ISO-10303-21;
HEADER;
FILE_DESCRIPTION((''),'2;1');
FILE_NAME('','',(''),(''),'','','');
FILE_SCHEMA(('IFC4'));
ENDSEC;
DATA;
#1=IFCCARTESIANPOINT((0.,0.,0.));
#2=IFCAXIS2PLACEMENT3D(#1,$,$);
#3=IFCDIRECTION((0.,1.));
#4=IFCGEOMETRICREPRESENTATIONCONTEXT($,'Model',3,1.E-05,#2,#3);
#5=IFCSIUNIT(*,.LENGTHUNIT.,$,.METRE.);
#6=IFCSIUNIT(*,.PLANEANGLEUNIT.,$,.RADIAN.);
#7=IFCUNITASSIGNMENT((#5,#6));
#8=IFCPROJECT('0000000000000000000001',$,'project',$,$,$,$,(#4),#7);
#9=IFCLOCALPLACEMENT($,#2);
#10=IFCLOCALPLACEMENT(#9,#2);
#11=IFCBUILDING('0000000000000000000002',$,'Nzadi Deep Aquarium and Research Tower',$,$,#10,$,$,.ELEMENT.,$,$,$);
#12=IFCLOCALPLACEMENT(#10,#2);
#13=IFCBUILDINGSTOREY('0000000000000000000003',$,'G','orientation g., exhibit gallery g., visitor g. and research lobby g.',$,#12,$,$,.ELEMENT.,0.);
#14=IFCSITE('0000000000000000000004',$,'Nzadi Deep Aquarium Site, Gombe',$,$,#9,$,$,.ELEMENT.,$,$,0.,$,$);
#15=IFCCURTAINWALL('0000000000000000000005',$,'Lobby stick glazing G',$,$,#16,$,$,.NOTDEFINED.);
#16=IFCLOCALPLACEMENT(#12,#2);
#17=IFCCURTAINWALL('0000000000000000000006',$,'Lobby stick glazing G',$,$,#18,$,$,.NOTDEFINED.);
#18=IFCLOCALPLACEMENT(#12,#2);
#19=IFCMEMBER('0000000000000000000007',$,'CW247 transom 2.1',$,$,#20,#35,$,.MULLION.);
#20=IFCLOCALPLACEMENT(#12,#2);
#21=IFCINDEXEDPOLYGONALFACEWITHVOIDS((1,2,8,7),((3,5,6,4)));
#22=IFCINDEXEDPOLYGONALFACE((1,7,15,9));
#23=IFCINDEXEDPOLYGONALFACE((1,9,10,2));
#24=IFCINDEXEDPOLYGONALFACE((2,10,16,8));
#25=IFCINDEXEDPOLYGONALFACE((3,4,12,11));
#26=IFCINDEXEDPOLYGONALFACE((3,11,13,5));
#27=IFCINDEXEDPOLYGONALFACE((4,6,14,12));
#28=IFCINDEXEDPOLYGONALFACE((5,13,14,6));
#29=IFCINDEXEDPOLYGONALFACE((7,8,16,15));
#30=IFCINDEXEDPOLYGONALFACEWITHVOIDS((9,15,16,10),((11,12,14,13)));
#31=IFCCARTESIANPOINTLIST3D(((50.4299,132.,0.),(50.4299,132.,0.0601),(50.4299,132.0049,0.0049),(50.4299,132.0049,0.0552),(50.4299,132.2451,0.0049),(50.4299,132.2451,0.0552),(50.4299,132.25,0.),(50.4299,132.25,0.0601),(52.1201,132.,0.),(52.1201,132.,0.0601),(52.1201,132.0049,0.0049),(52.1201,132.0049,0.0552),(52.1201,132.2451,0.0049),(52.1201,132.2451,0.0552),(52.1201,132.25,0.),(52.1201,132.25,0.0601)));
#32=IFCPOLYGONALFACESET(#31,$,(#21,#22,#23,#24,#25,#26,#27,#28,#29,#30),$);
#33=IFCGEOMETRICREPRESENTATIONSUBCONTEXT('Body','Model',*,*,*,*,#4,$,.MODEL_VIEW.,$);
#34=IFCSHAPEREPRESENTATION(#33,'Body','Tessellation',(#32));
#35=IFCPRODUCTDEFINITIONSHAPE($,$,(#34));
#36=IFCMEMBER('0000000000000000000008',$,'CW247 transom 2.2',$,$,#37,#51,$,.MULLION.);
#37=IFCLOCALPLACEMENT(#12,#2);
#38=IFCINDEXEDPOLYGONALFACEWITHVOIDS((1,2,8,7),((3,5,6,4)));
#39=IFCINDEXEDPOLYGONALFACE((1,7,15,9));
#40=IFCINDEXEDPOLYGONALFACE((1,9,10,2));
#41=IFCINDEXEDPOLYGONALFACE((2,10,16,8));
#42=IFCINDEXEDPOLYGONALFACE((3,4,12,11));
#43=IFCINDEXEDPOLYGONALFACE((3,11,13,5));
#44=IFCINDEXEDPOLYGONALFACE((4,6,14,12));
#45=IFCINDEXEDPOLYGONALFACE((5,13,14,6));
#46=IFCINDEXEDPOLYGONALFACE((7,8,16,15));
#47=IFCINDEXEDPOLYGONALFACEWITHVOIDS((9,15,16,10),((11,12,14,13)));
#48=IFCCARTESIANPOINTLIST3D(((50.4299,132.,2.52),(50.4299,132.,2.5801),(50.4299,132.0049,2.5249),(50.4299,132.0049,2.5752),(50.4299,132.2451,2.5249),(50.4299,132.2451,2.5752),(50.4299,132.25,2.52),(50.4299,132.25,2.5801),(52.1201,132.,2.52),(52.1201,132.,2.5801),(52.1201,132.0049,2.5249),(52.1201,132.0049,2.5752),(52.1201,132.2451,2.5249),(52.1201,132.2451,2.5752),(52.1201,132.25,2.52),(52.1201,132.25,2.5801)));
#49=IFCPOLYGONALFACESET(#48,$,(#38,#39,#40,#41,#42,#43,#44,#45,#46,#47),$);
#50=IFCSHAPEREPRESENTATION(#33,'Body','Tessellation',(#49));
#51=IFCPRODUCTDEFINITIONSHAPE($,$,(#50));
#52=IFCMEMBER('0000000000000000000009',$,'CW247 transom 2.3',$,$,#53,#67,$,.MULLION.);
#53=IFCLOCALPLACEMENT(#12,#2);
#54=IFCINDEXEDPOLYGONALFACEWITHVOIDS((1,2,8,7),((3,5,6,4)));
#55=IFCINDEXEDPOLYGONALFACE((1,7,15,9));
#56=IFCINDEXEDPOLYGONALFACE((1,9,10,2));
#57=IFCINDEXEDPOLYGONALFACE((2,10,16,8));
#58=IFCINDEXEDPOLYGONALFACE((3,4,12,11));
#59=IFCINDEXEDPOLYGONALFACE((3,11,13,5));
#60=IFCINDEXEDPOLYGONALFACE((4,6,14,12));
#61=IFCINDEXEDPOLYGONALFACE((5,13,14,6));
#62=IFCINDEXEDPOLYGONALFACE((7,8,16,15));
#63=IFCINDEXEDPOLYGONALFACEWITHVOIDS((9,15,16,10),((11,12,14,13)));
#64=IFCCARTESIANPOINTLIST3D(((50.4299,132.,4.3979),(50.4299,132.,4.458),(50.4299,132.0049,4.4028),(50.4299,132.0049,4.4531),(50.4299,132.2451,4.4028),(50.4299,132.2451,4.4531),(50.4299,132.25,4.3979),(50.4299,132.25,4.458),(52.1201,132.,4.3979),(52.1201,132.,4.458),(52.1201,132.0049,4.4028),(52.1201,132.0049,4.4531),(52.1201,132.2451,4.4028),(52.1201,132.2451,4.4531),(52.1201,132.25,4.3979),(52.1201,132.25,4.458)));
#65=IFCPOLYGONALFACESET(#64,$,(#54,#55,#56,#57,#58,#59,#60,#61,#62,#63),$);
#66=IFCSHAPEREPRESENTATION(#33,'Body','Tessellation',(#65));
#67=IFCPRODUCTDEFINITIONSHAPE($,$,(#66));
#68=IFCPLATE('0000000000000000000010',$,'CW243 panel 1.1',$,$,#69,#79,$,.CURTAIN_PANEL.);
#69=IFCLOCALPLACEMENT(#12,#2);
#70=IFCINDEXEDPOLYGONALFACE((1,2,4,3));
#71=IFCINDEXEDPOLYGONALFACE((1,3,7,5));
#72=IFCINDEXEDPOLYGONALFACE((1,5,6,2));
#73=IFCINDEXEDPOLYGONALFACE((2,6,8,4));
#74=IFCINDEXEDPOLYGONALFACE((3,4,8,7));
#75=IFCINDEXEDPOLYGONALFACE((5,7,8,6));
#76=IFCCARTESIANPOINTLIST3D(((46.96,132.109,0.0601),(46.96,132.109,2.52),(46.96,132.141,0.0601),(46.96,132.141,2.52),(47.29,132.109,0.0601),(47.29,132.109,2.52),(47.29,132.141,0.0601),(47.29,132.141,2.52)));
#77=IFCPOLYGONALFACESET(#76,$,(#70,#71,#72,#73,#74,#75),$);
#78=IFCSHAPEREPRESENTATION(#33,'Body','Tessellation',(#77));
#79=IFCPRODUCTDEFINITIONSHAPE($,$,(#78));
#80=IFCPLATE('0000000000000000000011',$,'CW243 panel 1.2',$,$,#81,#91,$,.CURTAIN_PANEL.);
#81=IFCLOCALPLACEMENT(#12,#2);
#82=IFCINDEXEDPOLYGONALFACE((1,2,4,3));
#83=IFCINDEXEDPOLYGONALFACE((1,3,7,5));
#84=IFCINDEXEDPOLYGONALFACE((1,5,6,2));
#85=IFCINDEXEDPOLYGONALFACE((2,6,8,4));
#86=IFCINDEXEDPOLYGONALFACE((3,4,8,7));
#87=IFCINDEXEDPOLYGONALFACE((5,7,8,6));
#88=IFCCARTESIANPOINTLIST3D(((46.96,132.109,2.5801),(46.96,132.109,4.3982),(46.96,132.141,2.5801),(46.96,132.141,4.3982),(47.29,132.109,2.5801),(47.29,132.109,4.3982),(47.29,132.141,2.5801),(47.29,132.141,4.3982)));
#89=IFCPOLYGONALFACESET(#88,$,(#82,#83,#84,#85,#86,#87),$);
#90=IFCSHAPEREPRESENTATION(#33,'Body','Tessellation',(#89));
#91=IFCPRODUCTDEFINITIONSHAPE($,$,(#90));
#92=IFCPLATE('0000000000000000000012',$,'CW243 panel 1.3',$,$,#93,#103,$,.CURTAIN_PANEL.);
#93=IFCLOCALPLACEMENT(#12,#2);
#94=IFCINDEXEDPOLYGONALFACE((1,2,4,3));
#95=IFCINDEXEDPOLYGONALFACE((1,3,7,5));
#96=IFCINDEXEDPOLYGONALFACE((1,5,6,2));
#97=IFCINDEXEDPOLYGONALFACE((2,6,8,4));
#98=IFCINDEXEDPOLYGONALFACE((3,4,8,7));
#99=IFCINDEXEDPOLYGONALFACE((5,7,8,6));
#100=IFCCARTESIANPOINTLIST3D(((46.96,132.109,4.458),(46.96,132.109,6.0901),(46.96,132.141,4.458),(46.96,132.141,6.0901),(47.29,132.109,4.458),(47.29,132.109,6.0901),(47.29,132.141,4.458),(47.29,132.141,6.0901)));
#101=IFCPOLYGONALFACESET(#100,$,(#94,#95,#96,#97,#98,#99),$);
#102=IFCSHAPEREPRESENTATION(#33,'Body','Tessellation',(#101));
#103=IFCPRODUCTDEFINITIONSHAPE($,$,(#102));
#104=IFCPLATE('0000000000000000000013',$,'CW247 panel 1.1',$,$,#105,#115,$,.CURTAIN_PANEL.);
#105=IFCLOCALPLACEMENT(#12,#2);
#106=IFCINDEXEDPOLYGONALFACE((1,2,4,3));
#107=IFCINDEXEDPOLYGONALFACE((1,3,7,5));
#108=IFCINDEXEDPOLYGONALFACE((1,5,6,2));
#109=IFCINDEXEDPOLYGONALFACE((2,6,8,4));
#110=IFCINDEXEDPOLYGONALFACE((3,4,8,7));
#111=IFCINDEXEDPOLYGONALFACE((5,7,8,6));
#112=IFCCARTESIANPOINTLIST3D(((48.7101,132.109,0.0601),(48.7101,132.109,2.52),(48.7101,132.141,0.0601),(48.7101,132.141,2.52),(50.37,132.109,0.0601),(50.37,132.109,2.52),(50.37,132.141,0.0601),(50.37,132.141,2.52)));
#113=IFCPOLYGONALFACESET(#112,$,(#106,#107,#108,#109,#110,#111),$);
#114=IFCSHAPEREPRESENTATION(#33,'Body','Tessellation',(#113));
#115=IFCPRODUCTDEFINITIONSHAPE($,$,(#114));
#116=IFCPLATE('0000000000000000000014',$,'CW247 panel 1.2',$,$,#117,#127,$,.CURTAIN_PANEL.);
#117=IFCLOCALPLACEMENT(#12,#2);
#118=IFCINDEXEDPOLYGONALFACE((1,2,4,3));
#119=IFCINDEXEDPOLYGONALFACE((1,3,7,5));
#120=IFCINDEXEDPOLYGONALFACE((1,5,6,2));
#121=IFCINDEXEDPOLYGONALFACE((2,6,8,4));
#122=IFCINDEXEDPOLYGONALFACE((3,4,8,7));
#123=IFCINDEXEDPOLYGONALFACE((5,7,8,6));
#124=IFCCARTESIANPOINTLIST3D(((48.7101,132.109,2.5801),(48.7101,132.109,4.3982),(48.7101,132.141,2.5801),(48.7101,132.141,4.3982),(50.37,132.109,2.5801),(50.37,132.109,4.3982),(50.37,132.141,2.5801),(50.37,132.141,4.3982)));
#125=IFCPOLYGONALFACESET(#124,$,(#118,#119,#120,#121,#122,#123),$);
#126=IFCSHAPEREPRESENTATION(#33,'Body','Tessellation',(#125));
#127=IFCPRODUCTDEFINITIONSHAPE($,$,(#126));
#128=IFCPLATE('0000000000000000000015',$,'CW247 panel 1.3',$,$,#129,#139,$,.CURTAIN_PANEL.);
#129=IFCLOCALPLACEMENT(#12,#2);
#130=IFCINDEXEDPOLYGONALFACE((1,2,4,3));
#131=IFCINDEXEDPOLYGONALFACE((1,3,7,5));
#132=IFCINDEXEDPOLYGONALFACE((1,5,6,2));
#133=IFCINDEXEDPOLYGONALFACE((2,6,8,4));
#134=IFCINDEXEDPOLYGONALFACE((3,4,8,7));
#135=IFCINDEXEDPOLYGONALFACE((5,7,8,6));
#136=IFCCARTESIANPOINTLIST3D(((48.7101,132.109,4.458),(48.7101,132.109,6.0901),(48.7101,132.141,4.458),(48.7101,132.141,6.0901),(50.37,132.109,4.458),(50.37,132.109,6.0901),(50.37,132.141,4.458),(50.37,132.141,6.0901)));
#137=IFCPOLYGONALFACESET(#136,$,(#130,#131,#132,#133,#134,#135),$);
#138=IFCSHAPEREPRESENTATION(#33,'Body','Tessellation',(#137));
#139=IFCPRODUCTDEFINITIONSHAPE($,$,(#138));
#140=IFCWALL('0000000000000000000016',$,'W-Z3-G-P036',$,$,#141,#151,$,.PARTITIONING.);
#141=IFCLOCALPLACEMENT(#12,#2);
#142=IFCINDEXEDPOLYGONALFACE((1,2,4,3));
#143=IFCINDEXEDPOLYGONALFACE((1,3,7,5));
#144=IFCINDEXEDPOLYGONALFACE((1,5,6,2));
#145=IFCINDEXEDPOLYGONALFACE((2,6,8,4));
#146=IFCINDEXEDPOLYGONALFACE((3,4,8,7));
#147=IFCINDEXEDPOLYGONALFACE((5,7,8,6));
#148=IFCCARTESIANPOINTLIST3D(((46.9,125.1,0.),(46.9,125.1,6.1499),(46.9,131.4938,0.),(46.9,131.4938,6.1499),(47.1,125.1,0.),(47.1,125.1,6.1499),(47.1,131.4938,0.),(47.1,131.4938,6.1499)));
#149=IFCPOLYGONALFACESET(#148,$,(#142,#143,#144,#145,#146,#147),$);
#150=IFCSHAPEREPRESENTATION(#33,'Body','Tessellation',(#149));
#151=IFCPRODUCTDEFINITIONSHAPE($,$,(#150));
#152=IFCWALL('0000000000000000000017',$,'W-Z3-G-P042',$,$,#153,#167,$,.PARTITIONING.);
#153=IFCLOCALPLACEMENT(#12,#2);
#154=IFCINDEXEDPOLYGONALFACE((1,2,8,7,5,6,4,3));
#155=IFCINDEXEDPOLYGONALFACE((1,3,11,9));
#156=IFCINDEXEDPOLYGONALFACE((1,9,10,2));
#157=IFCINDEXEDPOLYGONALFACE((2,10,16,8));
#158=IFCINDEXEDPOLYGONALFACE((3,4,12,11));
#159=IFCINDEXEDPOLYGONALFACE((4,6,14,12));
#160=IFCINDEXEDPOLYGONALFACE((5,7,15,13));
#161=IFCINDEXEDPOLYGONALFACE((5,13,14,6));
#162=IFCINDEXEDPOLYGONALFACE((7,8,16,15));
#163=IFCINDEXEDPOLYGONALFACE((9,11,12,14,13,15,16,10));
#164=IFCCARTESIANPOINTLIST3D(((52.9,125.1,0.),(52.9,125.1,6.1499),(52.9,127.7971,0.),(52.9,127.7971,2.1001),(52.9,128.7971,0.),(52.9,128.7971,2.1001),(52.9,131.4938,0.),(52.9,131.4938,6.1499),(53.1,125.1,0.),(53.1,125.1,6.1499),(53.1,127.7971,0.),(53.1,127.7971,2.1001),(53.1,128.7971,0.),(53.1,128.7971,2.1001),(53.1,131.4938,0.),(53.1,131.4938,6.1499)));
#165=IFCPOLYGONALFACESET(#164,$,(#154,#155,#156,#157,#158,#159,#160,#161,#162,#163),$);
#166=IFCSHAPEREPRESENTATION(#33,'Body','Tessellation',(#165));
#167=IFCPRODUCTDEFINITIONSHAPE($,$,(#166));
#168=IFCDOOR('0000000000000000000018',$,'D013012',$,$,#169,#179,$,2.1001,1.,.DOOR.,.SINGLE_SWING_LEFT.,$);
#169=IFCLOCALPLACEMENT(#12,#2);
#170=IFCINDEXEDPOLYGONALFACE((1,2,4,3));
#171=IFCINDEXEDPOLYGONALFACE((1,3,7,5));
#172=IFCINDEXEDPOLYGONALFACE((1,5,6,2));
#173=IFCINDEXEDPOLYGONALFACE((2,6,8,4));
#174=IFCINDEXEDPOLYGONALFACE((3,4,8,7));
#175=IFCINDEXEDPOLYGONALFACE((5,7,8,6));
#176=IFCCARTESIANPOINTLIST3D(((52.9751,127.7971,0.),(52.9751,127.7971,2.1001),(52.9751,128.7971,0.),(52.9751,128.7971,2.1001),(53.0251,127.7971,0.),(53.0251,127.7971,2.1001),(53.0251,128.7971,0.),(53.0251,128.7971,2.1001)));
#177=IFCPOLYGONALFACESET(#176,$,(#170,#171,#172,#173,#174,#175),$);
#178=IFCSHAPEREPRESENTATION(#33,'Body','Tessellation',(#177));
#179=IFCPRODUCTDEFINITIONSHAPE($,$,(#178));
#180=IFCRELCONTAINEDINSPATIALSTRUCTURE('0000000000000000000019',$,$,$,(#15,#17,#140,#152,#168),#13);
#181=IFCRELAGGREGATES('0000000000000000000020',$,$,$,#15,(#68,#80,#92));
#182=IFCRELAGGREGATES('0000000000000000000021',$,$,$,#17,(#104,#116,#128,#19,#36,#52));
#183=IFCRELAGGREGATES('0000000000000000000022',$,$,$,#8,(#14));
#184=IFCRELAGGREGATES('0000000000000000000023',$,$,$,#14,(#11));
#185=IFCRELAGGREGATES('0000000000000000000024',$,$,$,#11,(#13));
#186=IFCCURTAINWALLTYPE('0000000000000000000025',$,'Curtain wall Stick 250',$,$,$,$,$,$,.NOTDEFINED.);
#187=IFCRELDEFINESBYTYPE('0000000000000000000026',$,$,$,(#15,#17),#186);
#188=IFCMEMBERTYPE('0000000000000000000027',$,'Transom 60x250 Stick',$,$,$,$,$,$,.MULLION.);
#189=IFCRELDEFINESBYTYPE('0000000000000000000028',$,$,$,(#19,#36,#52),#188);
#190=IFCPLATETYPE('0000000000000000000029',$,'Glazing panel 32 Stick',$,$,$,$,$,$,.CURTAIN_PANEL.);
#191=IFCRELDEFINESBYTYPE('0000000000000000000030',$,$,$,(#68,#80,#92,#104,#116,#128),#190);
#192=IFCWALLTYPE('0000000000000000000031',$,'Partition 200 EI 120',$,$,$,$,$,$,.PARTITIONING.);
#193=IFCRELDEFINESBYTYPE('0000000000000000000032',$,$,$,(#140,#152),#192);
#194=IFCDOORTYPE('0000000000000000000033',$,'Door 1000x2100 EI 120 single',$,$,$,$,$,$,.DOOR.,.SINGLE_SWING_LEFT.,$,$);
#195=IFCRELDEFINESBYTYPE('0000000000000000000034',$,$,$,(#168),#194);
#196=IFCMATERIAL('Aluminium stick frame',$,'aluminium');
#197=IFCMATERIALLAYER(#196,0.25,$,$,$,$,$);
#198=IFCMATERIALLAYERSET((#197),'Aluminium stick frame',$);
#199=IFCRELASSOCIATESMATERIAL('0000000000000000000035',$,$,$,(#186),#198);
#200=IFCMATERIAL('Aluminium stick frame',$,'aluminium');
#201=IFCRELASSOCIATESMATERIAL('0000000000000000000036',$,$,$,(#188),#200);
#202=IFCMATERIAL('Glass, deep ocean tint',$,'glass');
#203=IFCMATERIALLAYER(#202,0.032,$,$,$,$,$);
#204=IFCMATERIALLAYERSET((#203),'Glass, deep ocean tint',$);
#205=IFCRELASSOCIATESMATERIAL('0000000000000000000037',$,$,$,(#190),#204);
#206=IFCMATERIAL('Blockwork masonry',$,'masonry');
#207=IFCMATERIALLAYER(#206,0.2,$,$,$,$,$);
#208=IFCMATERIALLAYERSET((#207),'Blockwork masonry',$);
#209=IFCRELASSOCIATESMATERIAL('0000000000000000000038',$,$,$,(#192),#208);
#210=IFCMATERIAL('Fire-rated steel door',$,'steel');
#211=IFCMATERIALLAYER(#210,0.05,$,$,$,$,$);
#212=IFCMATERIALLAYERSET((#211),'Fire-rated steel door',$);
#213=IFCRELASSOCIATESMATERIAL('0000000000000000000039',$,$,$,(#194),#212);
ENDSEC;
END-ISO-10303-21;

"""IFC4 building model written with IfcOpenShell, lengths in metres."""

from ifc_helpers import new_model, si_unit, direction, frame, frame_2d, origin, origin_2d, place, context, subcontext, project, spatial, rectangle, hollow_rectangle, extrude, material, layer, layer_set, material_profile, profile_set, type_object, element, fill, aggregate, save


model = new_model("IFC4")

# Units and contexts
model_context = context("Model", 3, precision=1e-05, world=origin(), true_north=direction((0.0, 1.0)))
body_context = subcontext(model_context, "Body", "Model", "MODEL_VIEW")
ifc_project = project(units=[si_unit("LENGTHUNIT", "METRE"), si_unit("PLANEANGLEUNIT", "RADIAN")], contexts=[model_context])

# Site, building, storey
site_placement = place(None, origin())
site = spatial("IfcSite", under=ifc_project, at=site_placement, Name="Nzadi Deep Aquarium Site, Gombe", CompositionType="ELEMENT", RefElevation=0.0)
building_placement = place(site_placement, origin())
building = spatial("IfcBuilding", under=site, at=building_placement, Name="Nzadi Deep Aquarium and Research Tower", CompositionType="ELEMENT")
storey_placement = place(building_placement, origin())
storey = spatial("IfcBuildingStorey", under=building, at=storey_placement, Name="G", Description="orientation g., exhibit gallery g., visitor g. and research lobby g.", CompositionType="ELEMENT", Elevation=0.0)

# Curtain wall
ifc_material_1 = material(Name="Aluminium stick frame", Category="aluminium")
ifc_layer_1 = layer(ifc_material_1, 0.25)
ifc_layer_set_1 = layer_set([ifc_layer_1], Name="Aluminium stick frame")
curtain_wall_type = type_object("IfcCurtainWallType", Name="Curtain wall Stick 250", PredefinedType="NOTDEFINED", material=ifc_layer_set_1)
curtain_wall_1_placement = place(storey_placement, origin())
curtain_wall_1 = element("IfcCurtainWall", 1, at=curtain_wall_1_placement, inside=storey, type_object=curtain_wall_type, Name="Lobby stick glazing G", PredefinedType="NOTDEFINED")

# Curtain wall
curtain_wall_2_placement = place(storey_placement, origin())
curtain_wall_2 = element("IfcCurtainWall", 2, at=curtain_wall_2_placement, inside=storey, type_object=curtain_wall_type, Name="Lobby stick glazing G", PredefinedType="NOTDEFINED")

# Members
ifc_material_2 = material(Name="Aluminium stick frame", Category="aluminium")
ifc_material_profile_1 = material_profile(ifc_material_2, hollow_rectangle(XDim=0.25, YDim=0.0601, WallThickness=0.0049, at=origin_2d()))
ifc_profile_set_1 = profile_set([ifc_material_profile_1], Name="Aluminium stick frame")
member_type_1 = type_object("IfcMemberType", Name="Transom 60x250 Stick", PredefinedType="MULLION", material=ifc_profile_set_1)
member_1_placement = place(storey_placement, frame((50.4299, 132.125, 0.03), z_axis=(1.0, 0.0, 0.0), x_axis=(0.0, 1.0, 0.0)))
member_1 = element("IfcMember", 3, at=member_1_placement, type_object=member_type_1, Name="CW247 transom 2.1", PredefinedType="MULLION", context=body_context, shape_type="SweptSolid", body=[
    extrude(hollow_rectangle(XDim=0.25, YDim=0.0601, WallThickness=0.0049, at=origin_2d()), origin(), (0.0, 0.0, 1.0), 1.6902),
])
member_2_placement = place(storey_placement, frame((50.4299, 132.125, 2.55), z_axis=(1.0, 0.0, 0.0), x_axis=(0.0, 1.0, 0.0)))
member_2 = element("IfcMember", 4, at=member_2_placement, type_object=member_type_1, Name="CW247 transom 2.2", PredefinedType="MULLION", context=body_context, shape_type="SweptSolid", body=[
    extrude(hollow_rectangle(XDim=0.25, YDim=0.0601, WallThickness=0.0049, at=origin_2d()), origin(), (0.0, 0.0, 1.0), 1.6902),
])
member_3_placement = place(storey_placement, frame((50.4299, 132.125, 4.428), z_axis=(1.0, 0.0, 0.0), x_axis=(0.0, 1.0, 0.0)))
member_3 = element("IfcMember", 5, at=member_3_placement, type_object=member_type_1, Name="CW247 transom 2.3", PredefinedType="MULLION", context=body_context, shape_type="SweptSolid", body=[
    extrude(hollow_rectangle(XDim=0.25, YDim=0.0601, WallThickness=0.0049, at=origin_2d()), origin(), (0.0, 0.0, 1.0), 1.6902),
])

# Plates
ifc_material_3 = material(Name="Glass, deep ocean tint", Category="glass")
ifc_layer_2 = layer(ifc_material_3, 0.032)
ifc_layer_set_2 = layer_set([ifc_layer_2], Name="Glass, deep ocean tint")
plate_type = type_object("IfcPlateType", Name="Glazing panel 32 Stick", PredefinedType="CURTAIN_PANEL", material=ifc_layer_set_2)
plate_1_placement = place(storey_placement, frame((47.125, 132.125, 0.0601), z_axis=(0.0, 0.0, 1.0), x_axis=(1.0, 0.0, 0.0)))
plate_1 = element("IfcPlate", 6, at=plate_1_placement, type_object=plate_type, Name="CW243 panel 1.1", PredefinedType="CURTAIN_PANEL", context=body_context, shape_type="SweptSolid", body=[
    extrude(rectangle(XDim=0.3301, YDim=0.032, at=origin_2d()), origin(), (0.0, 0.0, 1.0), 2.46),
])
plate_2_placement = place(storey_placement, frame((47.125, 132.125, 2.5801), z_axis=(0.0, 0.0, 1.0), x_axis=(1.0, 0.0, 0.0)))
plate_2 = element("IfcPlate", 7, at=plate_2_placement, type_object=plate_type, Name="CW243 panel 1.2", PredefinedType="CURTAIN_PANEL", context=body_context, shape_type="SweptSolid", body=[
    extrude(rectangle(XDim=0.3301, YDim=0.032, at=origin_2d()), origin(), (0.0, 0.0, 1.0), 1.8181),
])
plate_3_placement = place(storey_placement, frame((47.125, 132.125, 4.458), z_axis=(0.0, 0.0, 1.0), x_axis=(1.0, 0.0, 0.0)))
plate_3 = element("IfcPlate", 8, at=plate_3_placement, type_object=plate_type, Name="CW243 panel 1.3", PredefinedType="CURTAIN_PANEL", context=body_context, shape_type="SweptSolid", body=[
    extrude(rectangle(XDim=0.3301, YDim=0.032, at=origin_2d()), origin(), (0.0, 0.0, 1.0), 1.6321),
])
aggregate(curtain_wall_1, [plate_1, plate_2, plate_3])
plate_4_placement = place(storey_placement, frame((49.54, 132.125, 0.0601), z_axis=(0.0, 0.0, 1.0), x_axis=(1.0, 0.0, 0.0)))
plate_4 = element("IfcPlate", 9, at=plate_4_placement, type_object=plate_type, Name="CW247 panel 1.1", PredefinedType="CURTAIN_PANEL", context=body_context, shape_type="SweptSolid", body=[
    extrude(rectangle(XDim=1.6599, YDim=0.032, at=origin_2d()), origin(), (0.0, 0.0, 1.0), 2.46),
])
plate_5_placement = place(storey_placement, frame((49.54, 132.125, 2.5801), z_axis=(0.0, 0.0, 1.0), x_axis=(1.0, 0.0, 0.0)))
plate_5 = element("IfcPlate", 10, at=plate_5_placement, type_object=plate_type, Name="CW247 panel 1.2", PredefinedType="CURTAIN_PANEL", context=body_context, shape_type="SweptSolid", body=[
    extrude(rectangle(XDim=1.6599, YDim=0.032, at=origin_2d()), origin(), (0.0, 0.0, 1.0), 1.8181),
])
plate_6_placement = place(storey_placement, frame((49.54, 132.125, 4.458), z_axis=(0.0, 0.0, 1.0), x_axis=(1.0, 0.0, 0.0)))
plate_6 = element("IfcPlate", 11, at=plate_6_placement, type_object=plate_type, Name="CW247 panel 1.3", PredefinedType="CURTAIN_PANEL", context=body_context, shape_type="SweptSolid", body=[
    extrude(rectangle(XDim=1.6599, YDim=0.032, at=origin_2d()), origin(), (0.0, 0.0, 1.0), 1.6321),
])
aggregate(curtain_wall_2, [plate_4, plate_5, plate_6, member_1, member_2, member_3])

# Wall
ifc_material_4 = material(Name="Blockwork masonry", Category="masonry")
ifc_layer_3 = layer(ifc_material_4, 0.2)
ifc_layer_set_3 = layer_set([ifc_layer_3], Name="Blockwork masonry")
wall_type_1 = type_object("IfcWallType", Name="Partition 200 EI 120", PredefinedType="PARTITIONING", material=ifc_layer_set_3)
wall_1_placement = place(storey_placement, frame((47.0, 125.1001, 0.0), z_axis=(0.0, 0.0, 1.0), x_axis=(0.0, 1.0, 0.0)))
element("IfcWall", 12, at=wall_1_placement, inside=storey, type_object=wall_type_1, Name="W-Z3-G-P036", PredefinedType="PARTITIONING", context=body_context, shape_type="SweptSolid", body=[
    extrude(rectangle(XDim=6.3938, YDim=0.2, at=frame_2d((3.1968, 0.0))), origin(), (0.0, 0.0, 1.0), 6.1499),
])

# Wall, opening, door
wall_2_placement = place(storey_placement, frame((53.0, 125.1001, 0.0), z_axis=(0.0, 0.0, 1.0), x_axis=(0.0, 1.0, 0.0)))
wall_2 = element("IfcWall", 13, at=wall_2_placement, inside=storey, type_object=wall_type_1, Name="W-Z3-G-P042", PredefinedType="PARTITIONING", context=body_context, shape_type="SweptSolid", body=[
    extrude(rectangle(XDim=6.3938, YDim=0.2, at=frame_2d((3.1968, 0.0))), origin(), (0.0, 0.0, 1.0), 6.1499),
])
opening_placement = place(wall_2_placement, frame((2.697, 0.0, 0.0)))
opening = element("IfcOpeningElement", 14, at=opening_placement, cuts=wall_2, PredefinedType="OPENING", context=body_context, shape_type="SweptSolid", body=[
    extrude(rectangle(XDim=1.0, YDim=2.1001, at=frame_2d((0.5, 1.05))), frame((0.0, 0.1101, 0.0), z_axis=(0.0, -1.0, 0.0), x_axis=(1.0, 0.0, 0.0)), (0.0, 0.0, 1.0), 0.2202),
])
ifc_material_5 = material(Name="Fire-rated steel door", Category="steel")
ifc_layer_4 = layer(ifc_material_5, 0.05)
ifc_layer_set_4 = layer_set([ifc_layer_4], Name="Fire-rated steel door")
door_type = type_object("IfcDoorType", Name="Door 1000x2100 EI 120 single", OperationType="SINGLE_SWING_LEFT", PredefinedType="DOOR", material=ifc_layer_set_4)
door_placement = place(opening_placement, origin())
door = element("IfcDoor", 15, at=door_placement, inside=storey, type_object=door_type, Name="D013012", OperationType="SINGLE_SWING_LEFT", OverallHeight=2.1001, OverallWidth=1.0, PredefinedType="DOOR", context=body_context, shape_type="SweptSolid", body=[
    extrude(rectangle(XDim=1.0, YDim=2.1001, at=frame_2d((0.5, 1.05))), frame((0.0, 0.0249, 0.0), z_axis=(0.0, -1.0, 0.0), x_axis=(1.0, 0.0, 0.0)), (0.0, 0.0, 1.0), 0.05),
])
fill(opening, door)

save(model, "model.ifc")
